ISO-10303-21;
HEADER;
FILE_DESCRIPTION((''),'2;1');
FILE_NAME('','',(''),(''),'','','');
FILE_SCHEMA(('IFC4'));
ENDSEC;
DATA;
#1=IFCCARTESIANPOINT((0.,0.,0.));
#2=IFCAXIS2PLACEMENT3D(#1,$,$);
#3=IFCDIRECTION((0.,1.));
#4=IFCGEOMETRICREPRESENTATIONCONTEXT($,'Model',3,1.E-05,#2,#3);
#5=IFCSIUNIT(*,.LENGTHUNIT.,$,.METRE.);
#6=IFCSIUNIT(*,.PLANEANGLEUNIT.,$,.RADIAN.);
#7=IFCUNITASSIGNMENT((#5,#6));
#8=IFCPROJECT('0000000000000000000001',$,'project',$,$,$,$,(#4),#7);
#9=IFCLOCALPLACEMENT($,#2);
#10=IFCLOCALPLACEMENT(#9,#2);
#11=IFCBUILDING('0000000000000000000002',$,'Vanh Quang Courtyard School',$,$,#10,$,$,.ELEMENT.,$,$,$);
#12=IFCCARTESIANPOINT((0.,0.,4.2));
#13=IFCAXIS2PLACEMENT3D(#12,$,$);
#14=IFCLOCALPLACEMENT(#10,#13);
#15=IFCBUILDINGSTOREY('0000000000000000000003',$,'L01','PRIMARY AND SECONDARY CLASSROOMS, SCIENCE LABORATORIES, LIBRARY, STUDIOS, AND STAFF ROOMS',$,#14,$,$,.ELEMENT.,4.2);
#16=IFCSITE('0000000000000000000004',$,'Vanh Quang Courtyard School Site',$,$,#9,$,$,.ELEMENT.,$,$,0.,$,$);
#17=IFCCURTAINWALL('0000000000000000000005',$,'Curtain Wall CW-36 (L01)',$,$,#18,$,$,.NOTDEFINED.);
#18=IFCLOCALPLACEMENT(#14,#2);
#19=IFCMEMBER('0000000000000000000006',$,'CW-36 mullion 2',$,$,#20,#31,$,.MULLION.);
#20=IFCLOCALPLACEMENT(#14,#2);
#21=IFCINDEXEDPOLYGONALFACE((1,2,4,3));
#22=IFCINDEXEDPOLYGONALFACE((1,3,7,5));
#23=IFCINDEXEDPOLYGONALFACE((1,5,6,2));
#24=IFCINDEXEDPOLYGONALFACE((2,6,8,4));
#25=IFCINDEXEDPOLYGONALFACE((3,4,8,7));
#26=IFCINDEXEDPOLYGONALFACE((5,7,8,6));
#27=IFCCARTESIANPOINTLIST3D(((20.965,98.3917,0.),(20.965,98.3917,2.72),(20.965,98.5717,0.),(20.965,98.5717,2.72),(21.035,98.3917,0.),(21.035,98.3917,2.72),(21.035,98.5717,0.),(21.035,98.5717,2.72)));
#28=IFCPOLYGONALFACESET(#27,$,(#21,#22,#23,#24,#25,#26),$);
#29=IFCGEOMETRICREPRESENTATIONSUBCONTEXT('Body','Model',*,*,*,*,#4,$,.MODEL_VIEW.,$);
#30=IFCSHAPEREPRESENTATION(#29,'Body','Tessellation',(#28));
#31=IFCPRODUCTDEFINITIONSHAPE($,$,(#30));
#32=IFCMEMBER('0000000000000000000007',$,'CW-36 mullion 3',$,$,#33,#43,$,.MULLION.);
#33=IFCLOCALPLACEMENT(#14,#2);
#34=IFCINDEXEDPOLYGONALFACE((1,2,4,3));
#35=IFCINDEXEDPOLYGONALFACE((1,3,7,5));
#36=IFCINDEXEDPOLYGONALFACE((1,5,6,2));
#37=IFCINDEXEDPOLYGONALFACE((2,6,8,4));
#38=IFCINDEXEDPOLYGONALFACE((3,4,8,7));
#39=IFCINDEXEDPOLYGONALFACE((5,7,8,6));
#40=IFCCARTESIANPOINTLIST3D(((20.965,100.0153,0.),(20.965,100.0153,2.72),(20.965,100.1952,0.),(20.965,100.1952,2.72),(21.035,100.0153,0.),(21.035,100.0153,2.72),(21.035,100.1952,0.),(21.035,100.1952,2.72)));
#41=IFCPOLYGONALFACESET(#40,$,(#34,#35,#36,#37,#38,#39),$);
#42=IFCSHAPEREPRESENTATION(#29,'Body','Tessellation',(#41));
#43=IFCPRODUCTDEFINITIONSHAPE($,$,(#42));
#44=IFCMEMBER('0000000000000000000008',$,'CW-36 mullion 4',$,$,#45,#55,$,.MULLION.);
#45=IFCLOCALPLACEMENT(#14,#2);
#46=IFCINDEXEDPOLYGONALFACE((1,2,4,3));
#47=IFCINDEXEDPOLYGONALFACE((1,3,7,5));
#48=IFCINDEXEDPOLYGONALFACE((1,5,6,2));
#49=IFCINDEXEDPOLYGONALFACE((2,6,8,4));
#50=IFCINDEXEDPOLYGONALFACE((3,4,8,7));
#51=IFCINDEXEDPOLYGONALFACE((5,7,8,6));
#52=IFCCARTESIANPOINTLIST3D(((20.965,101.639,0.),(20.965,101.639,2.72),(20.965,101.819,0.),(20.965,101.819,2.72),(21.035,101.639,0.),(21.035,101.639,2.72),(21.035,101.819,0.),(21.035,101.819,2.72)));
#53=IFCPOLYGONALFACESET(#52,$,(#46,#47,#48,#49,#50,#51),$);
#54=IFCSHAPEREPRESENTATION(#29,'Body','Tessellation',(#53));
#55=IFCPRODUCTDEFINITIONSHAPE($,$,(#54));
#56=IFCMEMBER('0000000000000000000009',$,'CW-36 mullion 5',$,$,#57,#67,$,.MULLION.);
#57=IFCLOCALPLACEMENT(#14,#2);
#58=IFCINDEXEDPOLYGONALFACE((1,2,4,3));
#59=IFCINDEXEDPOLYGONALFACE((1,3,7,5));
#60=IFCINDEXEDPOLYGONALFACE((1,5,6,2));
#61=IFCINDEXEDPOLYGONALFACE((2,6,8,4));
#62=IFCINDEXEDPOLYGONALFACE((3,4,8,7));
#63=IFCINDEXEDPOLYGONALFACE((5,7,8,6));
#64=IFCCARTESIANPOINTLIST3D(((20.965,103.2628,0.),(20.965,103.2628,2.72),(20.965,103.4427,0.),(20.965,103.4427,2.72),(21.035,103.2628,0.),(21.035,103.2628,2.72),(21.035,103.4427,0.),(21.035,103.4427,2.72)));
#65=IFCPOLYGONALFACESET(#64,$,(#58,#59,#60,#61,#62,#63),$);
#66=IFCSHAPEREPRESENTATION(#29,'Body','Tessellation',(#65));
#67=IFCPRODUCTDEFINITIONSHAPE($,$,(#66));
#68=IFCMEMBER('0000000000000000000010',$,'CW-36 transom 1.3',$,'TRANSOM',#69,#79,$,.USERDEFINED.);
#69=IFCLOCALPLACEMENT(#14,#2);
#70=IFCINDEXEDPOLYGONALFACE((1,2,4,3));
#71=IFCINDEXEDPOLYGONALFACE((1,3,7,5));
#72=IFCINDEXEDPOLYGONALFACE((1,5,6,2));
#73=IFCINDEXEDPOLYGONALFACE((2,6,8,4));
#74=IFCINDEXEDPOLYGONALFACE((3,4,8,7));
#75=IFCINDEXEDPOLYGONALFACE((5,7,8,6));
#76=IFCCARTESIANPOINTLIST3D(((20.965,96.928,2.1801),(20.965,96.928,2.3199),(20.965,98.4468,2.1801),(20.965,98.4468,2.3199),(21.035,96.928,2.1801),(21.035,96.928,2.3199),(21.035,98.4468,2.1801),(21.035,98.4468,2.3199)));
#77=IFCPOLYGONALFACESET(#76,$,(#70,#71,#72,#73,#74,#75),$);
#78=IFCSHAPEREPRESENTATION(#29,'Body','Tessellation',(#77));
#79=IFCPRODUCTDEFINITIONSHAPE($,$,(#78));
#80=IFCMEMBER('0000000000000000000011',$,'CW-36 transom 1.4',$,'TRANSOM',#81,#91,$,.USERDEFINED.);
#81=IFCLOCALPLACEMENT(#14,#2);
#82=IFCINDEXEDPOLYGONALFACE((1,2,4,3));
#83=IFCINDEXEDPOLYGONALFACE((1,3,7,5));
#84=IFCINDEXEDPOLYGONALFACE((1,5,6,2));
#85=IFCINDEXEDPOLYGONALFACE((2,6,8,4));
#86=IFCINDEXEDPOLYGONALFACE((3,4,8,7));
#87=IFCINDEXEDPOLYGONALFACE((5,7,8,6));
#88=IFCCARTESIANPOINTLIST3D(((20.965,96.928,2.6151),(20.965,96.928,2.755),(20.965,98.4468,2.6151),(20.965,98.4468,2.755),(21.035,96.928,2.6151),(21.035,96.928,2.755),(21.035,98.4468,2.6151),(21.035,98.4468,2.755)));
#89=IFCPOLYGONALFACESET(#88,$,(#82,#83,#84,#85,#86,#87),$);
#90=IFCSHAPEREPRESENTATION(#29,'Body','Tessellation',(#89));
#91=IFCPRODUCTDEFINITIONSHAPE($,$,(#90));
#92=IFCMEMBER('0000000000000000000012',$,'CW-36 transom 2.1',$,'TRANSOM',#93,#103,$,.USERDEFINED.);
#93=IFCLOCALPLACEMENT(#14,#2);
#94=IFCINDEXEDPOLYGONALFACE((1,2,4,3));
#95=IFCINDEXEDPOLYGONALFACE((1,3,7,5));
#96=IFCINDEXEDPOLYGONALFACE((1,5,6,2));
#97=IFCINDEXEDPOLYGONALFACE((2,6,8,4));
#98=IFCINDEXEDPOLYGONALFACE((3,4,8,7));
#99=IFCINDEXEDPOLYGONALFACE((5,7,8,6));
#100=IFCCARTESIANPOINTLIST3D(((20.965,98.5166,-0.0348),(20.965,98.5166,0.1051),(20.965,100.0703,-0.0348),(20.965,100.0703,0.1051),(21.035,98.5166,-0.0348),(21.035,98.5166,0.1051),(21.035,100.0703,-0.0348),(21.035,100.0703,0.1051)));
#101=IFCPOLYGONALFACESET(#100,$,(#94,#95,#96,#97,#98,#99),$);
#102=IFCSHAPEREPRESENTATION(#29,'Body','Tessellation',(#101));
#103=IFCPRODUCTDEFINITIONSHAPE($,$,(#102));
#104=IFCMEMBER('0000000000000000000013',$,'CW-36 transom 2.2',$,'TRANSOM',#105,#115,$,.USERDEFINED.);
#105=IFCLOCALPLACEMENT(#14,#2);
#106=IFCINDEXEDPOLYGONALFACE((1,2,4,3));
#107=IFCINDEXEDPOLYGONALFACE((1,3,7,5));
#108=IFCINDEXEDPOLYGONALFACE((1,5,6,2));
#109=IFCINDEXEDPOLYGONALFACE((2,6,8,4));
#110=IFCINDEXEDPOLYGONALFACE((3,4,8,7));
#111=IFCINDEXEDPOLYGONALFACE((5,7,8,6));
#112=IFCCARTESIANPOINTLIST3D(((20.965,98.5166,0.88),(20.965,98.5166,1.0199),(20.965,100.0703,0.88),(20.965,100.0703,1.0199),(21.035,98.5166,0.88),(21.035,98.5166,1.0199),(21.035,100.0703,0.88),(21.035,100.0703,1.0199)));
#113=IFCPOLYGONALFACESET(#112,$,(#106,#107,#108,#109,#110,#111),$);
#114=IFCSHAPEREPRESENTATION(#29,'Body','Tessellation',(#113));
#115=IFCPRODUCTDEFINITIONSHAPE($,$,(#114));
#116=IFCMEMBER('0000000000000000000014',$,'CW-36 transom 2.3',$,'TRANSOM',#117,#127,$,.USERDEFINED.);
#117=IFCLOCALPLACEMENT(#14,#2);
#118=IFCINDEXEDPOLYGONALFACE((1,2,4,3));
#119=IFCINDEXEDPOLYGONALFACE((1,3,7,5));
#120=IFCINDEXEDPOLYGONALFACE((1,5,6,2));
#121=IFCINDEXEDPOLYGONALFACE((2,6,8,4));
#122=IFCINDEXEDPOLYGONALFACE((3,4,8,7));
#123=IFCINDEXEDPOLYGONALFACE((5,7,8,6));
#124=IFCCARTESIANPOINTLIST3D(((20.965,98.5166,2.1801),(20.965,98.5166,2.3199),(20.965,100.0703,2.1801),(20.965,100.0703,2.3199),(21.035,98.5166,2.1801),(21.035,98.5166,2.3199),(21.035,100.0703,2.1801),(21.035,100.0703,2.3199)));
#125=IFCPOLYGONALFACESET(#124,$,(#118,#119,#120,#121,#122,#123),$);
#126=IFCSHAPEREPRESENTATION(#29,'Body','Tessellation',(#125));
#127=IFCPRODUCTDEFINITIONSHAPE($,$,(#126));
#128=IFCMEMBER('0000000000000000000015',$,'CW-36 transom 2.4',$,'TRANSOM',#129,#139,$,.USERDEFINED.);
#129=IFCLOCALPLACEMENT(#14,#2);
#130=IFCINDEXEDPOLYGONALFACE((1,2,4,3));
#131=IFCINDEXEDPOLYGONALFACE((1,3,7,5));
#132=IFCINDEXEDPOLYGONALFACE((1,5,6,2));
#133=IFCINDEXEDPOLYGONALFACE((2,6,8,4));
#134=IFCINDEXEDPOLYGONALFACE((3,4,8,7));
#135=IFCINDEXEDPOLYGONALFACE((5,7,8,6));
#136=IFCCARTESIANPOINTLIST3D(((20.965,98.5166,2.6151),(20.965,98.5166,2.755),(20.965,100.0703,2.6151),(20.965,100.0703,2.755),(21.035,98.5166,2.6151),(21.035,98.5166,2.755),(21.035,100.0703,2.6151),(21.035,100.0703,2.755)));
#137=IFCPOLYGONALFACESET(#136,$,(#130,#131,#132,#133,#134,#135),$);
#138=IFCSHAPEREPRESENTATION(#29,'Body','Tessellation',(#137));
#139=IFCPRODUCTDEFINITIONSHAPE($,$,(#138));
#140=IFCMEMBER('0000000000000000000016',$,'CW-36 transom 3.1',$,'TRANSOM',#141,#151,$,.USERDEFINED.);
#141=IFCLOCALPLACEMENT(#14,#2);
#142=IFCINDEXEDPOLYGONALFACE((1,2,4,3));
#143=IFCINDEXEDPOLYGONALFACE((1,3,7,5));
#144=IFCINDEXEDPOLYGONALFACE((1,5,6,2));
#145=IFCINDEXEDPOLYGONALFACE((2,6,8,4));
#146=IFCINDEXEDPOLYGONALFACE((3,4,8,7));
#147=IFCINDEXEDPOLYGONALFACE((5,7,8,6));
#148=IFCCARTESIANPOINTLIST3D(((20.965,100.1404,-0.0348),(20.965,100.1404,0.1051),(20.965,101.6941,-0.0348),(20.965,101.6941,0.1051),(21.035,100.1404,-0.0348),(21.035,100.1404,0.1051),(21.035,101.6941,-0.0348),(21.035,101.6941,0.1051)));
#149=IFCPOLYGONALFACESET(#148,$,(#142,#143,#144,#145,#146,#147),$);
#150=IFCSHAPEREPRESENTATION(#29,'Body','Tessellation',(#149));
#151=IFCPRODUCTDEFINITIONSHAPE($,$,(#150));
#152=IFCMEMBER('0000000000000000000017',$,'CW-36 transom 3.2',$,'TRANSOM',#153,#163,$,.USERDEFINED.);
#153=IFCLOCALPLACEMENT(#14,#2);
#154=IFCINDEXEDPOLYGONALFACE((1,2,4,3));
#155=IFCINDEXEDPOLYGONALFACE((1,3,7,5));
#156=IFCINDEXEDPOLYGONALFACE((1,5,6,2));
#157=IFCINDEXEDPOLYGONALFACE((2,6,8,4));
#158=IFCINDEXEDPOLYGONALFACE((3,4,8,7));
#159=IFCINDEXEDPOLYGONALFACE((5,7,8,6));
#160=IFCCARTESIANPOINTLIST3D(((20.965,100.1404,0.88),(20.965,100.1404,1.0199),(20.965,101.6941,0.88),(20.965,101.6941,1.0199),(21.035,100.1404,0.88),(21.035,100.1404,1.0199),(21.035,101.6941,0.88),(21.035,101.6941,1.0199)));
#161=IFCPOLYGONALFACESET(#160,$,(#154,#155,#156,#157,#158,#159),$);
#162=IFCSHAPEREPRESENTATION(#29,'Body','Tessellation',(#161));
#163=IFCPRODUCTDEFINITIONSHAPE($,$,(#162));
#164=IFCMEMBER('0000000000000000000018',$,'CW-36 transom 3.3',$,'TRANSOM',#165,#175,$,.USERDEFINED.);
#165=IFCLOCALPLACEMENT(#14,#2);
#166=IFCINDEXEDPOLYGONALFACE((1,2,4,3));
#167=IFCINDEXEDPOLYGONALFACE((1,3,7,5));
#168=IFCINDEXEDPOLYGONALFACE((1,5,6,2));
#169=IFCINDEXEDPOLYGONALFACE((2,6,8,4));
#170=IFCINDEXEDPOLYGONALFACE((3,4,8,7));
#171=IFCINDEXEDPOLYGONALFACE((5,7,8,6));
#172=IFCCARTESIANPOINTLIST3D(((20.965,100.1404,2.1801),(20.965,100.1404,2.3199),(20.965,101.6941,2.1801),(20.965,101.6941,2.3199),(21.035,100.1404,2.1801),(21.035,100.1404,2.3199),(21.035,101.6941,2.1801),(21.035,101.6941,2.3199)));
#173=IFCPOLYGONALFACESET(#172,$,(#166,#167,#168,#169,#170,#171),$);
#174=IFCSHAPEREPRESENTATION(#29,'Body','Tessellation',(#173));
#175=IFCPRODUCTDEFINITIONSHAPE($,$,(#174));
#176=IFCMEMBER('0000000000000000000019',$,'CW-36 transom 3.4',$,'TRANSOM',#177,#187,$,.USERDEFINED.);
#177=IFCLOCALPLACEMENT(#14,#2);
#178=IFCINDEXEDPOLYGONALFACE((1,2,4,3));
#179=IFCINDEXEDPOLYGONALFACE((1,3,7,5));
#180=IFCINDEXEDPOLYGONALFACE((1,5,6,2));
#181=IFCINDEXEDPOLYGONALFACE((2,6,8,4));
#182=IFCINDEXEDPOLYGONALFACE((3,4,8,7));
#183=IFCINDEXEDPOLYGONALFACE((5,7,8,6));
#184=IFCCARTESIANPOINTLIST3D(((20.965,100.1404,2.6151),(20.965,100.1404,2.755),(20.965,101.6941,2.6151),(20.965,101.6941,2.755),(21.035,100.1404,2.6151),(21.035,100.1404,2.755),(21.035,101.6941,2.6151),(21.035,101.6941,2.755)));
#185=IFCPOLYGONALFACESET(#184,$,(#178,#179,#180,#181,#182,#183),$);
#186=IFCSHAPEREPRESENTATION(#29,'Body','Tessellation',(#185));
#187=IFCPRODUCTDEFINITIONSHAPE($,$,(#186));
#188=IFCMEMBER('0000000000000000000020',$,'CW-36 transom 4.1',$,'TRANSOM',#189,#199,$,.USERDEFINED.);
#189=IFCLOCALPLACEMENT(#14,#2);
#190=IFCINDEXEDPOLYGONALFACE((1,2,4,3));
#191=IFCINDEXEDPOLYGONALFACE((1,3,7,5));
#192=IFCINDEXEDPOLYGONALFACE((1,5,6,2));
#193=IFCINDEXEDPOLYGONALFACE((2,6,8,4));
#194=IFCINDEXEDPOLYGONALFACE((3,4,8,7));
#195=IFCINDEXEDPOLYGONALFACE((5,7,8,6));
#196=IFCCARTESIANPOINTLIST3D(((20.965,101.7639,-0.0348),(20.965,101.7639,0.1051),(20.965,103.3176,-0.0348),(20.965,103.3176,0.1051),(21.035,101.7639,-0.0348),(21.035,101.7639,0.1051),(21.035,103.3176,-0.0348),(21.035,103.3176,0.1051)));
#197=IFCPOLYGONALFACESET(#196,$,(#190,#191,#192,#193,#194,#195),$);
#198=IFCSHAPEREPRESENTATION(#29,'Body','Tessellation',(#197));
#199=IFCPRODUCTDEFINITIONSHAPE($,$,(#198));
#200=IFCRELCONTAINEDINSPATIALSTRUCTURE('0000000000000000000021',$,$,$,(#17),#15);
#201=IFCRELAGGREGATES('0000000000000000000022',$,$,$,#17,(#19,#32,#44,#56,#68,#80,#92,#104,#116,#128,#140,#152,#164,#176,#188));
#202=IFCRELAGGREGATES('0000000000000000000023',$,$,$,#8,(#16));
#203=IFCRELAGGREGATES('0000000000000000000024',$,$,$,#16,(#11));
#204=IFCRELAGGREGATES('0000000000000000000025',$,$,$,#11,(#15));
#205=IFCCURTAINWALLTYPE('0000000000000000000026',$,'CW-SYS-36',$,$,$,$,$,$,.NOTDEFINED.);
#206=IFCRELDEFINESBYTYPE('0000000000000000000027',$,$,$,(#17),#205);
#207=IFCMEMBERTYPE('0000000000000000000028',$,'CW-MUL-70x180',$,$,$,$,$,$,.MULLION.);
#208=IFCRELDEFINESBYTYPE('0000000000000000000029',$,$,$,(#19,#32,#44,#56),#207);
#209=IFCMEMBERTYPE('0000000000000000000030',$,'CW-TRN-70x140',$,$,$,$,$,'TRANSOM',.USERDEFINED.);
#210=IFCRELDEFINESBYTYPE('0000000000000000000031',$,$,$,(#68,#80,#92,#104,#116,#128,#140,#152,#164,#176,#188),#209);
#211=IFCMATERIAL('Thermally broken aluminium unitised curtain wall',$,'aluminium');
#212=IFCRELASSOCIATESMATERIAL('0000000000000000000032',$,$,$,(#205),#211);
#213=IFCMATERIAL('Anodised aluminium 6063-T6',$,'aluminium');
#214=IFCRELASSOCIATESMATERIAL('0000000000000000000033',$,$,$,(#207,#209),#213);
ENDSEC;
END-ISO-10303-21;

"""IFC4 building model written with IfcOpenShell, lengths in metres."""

from ifc_helpers import new_model, si_unit, direction, frame, origin, origin_2d, place, context, subcontext, project, spatial, rectangle, extrude, material, material_profile, profile_set, type_object, element, aggregate, save


model = new_model("IFC4")

# Units and contexts
model_context = context("Model", 3, precision=1e-05, world=origin(), true_north=direction((0.0, 1.0)))
body_context = subcontext(model_context, "Body", "Model", "MODEL_VIEW")
ifc_project = project(units=[si_unit("LENGTHUNIT", "METRE"), si_unit("PLANEANGLEUNIT", "RADIAN")], contexts=[model_context])

# Site, building, storey
site_placement = place(None, origin())
site = spatial("IfcSite", under=ifc_project, at=site_placement, Name="Vanh Quang Courtyard School Site", CompositionType="ELEMENT", RefElevation=0.0)
building_placement = place(site_placement, origin())
building = spatial("IfcBuilding", under=site, at=building_placement, Name="Vanh Quang Courtyard School", CompositionType="ELEMENT")
storey_placement = place(building_placement, frame((0.0, 0.0, 4.2)))
storey = spatial("IfcBuildingStorey", under=building, at=storey_placement, Name="L01", Description="PRIMARY AND SECONDARY CLASSROOMS, SCIENCE LABORATORIES, LIBRARY, STUDIOS, AND STAFF ROOMS", CompositionType="ELEMENT", Elevation=4.2)

# Curtain wall, members
ifc_material_1 = material(Name="Thermally broken aluminium unitised curtain wall", Category="aluminium")
curtain_wall_type = type_object("IfcCurtainWallType", Name="CW-SYS-36", PredefinedType="NOTDEFINED", material=ifc_material_1)
curtain_wall_placement = place(storey_placement, origin())
curtain_wall = element("IfcCurtainWall", 1, at=curtain_wall_placement, inside=storey, type_object=curtain_wall_type, Name="Curtain Wall CW-36 (L01)", PredefinedType="NOTDEFINED")
ifc_material_2 = material(Name="Anodised aluminium 6063-T6", Category="aluminium")
ifc_material_profile_1 = material_profile(ifc_material_2, rectangle(XDim=0.0701, YDim=0.1799, at=origin_2d()), Name="ALU-MUL 70x180")
ifc_profile_set_1 = profile_set([ifc_material_profile_1], Name="Anodised aluminium 6063-T6")
member_type_1 = type_object("IfcMemberType", Name="CW-MUL-70x180", PredefinedType="MULLION", material=ifc_profile_set_1)
member_1_placement = place(storey_placement, frame((21.0, 98.4817, 0.0), z_axis=(0.0, 0.0, 1.0), x_axis=(-1.0, 0.0, 0.0)))
member_1 = element("IfcMember", 2, at=member_1_placement, type_object=member_type_1, Name="CW-36 mullion 2", PredefinedType="MULLION", context=body_context, shape_type="SweptSolid", body=[
    extrude(rectangle(XDim=0.0701, YDim=0.1799, at=origin_2d()), origin(), (0.0, 0.0, 1.0), 2.72),
])
member_2_placement = place(storey_placement, frame((21.0, 100.1052, 0.0), z_axis=(0.0, 0.0, 1.0), x_axis=(-1.0, 0.0, 0.0)))
member_2 = element("IfcMember", 3, at=member_2_placement, type_object=member_type_1, Name="CW-36 mullion 3", PredefinedType="MULLION", context=body_context, shape_type="SweptSolid", body=[
    extrude(rectangle(XDim=0.0701, YDim=0.1799, at=origin_2d()), origin(), (0.0, 0.0, 1.0), 2.72),
])
member_3_placement = place(storey_placement, frame((21.0, 101.729, 0.0), z_axis=(0.0, 0.0, 1.0), x_axis=(-1.0, 0.0, 0.0)))
member_3 = element("IfcMember", 4, at=member_3_placement, type_object=member_type_1, Name="CW-36 mullion 4", PredefinedType="MULLION", context=body_context, shape_type="SweptSolid", body=[
    extrude(rectangle(XDim=0.0701, YDim=0.1799, at=origin_2d()), origin(), (0.0, 0.0, 1.0), 2.72),
])
member_4_placement = place(storey_placement, frame((21.0, 103.3528, 0.0), z_axis=(0.0, 0.0, 1.0), x_axis=(-1.0, 0.0, 0.0)))
member_4 = element("IfcMember", 5, at=member_4_placement, type_object=member_type_1, Name="CW-36 mullion 5", PredefinedType="MULLION", context=body_context, shape_type="SweptSolid", body=[
    extrude(rectangle(XDim=0.0701, YDim=0.1799, at=origin_2d()), origin(), (0.0, 0.0, 1.0), 2.72),
])
ifc_material_profile_2 = material_profile(ifc_material_2, rectangle(XDim=0.0701, YDim=0.1399, at=origin_2d()), Name="ALU-TRN 70x140")
ifc_profile_set_2 = profile_set([ifc_material_profile_2], Name="Anodised aluminium 6063-T6")
member_type_2 = type_object("IfcMemberType", Name="CW-TRN-70x140", ElementType="TRANSOM", PredefinedType="USERDEFINED", material=ifc_profile_set_2)
member_5_placement = place(storey_placement, frame((21.0, 96.928, 2.25), z_axis=(0.0, 1.0, 0.0), x_axis=(-1.0, 0.0, 0.0)))
member_5 = element("IfcMember", 6, at=member_5_placement, type_object=member_type_2, Name="CW-36 transom 1.3", ObjectType="TRANSOM", PredefinedType="USERDEFINED", context=body_context, shape_type="SweptSolid", body=[
    extrude(rectangle(XDim=0.0701, YDim=0.1399, at=origin_2d()), origin(), (0.0, 0.0, 1.0), 1.5188),
])
member_6_placement = place(storey_placement, frame((21.0, 96.928, 2.6851), z_axis=(0.0, 1.0, 0.0), x_axis=(-1.0, 0.0, 0.0)))
member_6 = element("IfcMember", 7, at=member_6_placement, type_object=member_type_2, Name="CW-36 transom 1.4", ObjectType="TRANSOM", PredefinedType="USERDEFINED", context=body_context, shape_type="SweptSolid", body=[
    extrude(rectangle(XDim=0.0701, YDim=0.1399, at=origin_2d()), origin(), (0.0, 0.0, 1.0), 1.5188),
])
member_7_placement = place(storey_placement, frame((21.0, 98.5166, 0.0352), z_axis=(0.0, 1.0, 0.0), x_axis=(-1.0, 0.0, 0.0)))
member_7 = element("IfcMember", 8, at=member_7_placement, type_object=member_type_2, Name="CW-36 transom 2.1", ObjectType="TRANSOM", PredefinedType="USERDEFINED", context=body_context, shape_type="SweptSolid", body=[
    extrude(rectangle(XDim=0.0701, YDim=0.1399, at=origin_2d()), origin(), (0.0, 0.0, 1.0), 1.5537),
])
member_8_placement = place(storey_placement, frame((21.0, 98.5166, 0.95), z_axis=(0.0, 1.0, 0.0), x_axis=(-1.0, 0.0, 0.0)))
member_8 = element("IfcMember", 9, at=member_8_placement, type_object=member_type_2, Name="CW-36 transom 2.2", ObjectType="TRANSOM", PredefinedType="USERDEFINED", context=body_context, shape_type="SweptSolid", body=[
    extrude(rectangle(XDim=0.0701, YDim=0.1399, at=origin_2d()), origin(), (0.0, 0.0, 1.0), 1.5537),
])
member_9_placement = place(storey_placement, frame((21.0, 98.5166, 2.25), z_axis=(0.0, 1.0, 0.0), x_axis=(-1.0, 0.0, 0.0)))
member_9 = element("IfcMember", 10, at=member_9_placement, type_object=member_type_2, Name="CW-36 transom 2.3", ObjectType="TRANSOM", PredefinedType="USERDEFINED", context=body_context, shape_type="SweptSolid", body=[
    extrude(rectangle(XDim=0.0701, YDim=0.1399, at=origin_2d()), origin(), (0.0, 0.0, 1.0), 1.5537),
])
member_10_placement = place(storey_placement, frame((21.0, 98.5166, 2.6851), z_axis=(0.0, 1.0, 0.0), x_axis=(-1.0, 0.0, 0.0)))
member_10 = element("IfcMember", 11, at=member_10_placement, type_object=member_type_2, Name="CW-36 transom 2.4", ObjectType="TRANSOM", PredefinedType="USERDEFINED", context=body_context, shape_type="SweptSolid", body=[
    extrude(rectangle(XDim=0.0701, YDim=0.1399, at=origin_2d()), origin(), (0.0, 0.0, 1.0), 1.5537),
])
member_11_placement = place(storey_placement, frame((21.0, 100.1404, 0.0352), z_axis=(0.0, 1.0, 0.0), x_axis=(-1.0, 0.0, 0.0)))
member_11 = element("IfcMember", 12, at=member_11_placement, type_object=member_type_2, Name="CW-36 transom 3.1", ObjectType="TRANSOM", PredefinedType="USERDEFINED", context=body_context, shape_type="SweptSolid", body=[
    extrude(rectangle(XDim=0.0701, YDim=0.1399, at=origin_2d()), origin(), (0.0, 0.0, 1.0), 1.5537),
])
member_12_placement = place(storey_placement, frame((21.0, 100.1404, 0.95), z_axis=(0.0, 1.0, 0.0), x_axis=(-1.0, 0.0, 0.0)))
member_12 = element("IfcMember", 13, at=member_12_placement, type_object=member_type_2, Name="CW-36 transom 3.2", ObjectType="TRANSOM", PredefinedType="USERDEFINED", context=body_context, shape_type="SweptSolid", body=[
    extrude(rectangle(XDim=0.0701, YDim=0.1399, at=origin_2d()), origin(), (0.0, 0.0, 1.0), 1.5537),
])
member_13_placement = place(storey_placement, frame((21.0, 100.1404, 2.25), z_axis=(0.0, 1.0, 0.0), x_axis=(-1.0, 0.0, 0.0)))
member_13 = element("IfcMember", 14, at=member_13_placement, type_object=member_type_2, Name="CW-36 transom 3.3", ObjectType="TRANSOM", PredefinedType="USERDEFINED", context=body_context, shape_type="SweptSolid", body=[
    extrude(rectangle(XDim=0.0701, YDim=0.1399, at=origin_2d()), origin(), (0.0, 0.0, 1.0), 1.5537),
])
member_14_placement = place(storey_placement, frame((21.0, 100.1404, 2.6851), z_axis=(0.0, 1.0, 0.0), x_axis=(-1.0, 0.0, 0.0)))
member_14 = element("IfcMember", 15, at=member_14_placement, type_object=member_type_2, Name="CW-36 transom 3.4", ObjectType="TRANSOM", PredefinedType="USERDEFINED", context=body_context, shape_type="SweptSolid", body=[
    extrude(rectangle(XDim=0.0701, YDim=0.1399, at=origin_2d()), origin(), (0.0, 0.0, 1.0), 1.5537),
])
member_15_placement = place(storey_placement, frame((21.0, 101.7639, 0.0352), z_axis=(0.0, 1.0, 0.0), x_axis=(-1.0, 0.0, 0.0)))
member_15 = element("IfcMember", 16, at=member_15_placement, type_object=member_type_2, Name="CW-36 transom 4.1", ObjectType="TRANSOM", PredefinedType="USERDEFINED", context=body_context, shape_type="SweptSolid", body=[
    extrude(rectangle(XDim=0.0701, YDim=0.1399, at=origin_2d()), origin(), (0.0, 0.0, 1.0), 1.5537),
])

aggregate(curtain_wall, [member_1, member_2, member_3, member_4, member_5, member_6, member_7, member_8, member_9, member_10, member_11, member_12, member_13, member_14, member_15])

save(model, "model.ifc")
